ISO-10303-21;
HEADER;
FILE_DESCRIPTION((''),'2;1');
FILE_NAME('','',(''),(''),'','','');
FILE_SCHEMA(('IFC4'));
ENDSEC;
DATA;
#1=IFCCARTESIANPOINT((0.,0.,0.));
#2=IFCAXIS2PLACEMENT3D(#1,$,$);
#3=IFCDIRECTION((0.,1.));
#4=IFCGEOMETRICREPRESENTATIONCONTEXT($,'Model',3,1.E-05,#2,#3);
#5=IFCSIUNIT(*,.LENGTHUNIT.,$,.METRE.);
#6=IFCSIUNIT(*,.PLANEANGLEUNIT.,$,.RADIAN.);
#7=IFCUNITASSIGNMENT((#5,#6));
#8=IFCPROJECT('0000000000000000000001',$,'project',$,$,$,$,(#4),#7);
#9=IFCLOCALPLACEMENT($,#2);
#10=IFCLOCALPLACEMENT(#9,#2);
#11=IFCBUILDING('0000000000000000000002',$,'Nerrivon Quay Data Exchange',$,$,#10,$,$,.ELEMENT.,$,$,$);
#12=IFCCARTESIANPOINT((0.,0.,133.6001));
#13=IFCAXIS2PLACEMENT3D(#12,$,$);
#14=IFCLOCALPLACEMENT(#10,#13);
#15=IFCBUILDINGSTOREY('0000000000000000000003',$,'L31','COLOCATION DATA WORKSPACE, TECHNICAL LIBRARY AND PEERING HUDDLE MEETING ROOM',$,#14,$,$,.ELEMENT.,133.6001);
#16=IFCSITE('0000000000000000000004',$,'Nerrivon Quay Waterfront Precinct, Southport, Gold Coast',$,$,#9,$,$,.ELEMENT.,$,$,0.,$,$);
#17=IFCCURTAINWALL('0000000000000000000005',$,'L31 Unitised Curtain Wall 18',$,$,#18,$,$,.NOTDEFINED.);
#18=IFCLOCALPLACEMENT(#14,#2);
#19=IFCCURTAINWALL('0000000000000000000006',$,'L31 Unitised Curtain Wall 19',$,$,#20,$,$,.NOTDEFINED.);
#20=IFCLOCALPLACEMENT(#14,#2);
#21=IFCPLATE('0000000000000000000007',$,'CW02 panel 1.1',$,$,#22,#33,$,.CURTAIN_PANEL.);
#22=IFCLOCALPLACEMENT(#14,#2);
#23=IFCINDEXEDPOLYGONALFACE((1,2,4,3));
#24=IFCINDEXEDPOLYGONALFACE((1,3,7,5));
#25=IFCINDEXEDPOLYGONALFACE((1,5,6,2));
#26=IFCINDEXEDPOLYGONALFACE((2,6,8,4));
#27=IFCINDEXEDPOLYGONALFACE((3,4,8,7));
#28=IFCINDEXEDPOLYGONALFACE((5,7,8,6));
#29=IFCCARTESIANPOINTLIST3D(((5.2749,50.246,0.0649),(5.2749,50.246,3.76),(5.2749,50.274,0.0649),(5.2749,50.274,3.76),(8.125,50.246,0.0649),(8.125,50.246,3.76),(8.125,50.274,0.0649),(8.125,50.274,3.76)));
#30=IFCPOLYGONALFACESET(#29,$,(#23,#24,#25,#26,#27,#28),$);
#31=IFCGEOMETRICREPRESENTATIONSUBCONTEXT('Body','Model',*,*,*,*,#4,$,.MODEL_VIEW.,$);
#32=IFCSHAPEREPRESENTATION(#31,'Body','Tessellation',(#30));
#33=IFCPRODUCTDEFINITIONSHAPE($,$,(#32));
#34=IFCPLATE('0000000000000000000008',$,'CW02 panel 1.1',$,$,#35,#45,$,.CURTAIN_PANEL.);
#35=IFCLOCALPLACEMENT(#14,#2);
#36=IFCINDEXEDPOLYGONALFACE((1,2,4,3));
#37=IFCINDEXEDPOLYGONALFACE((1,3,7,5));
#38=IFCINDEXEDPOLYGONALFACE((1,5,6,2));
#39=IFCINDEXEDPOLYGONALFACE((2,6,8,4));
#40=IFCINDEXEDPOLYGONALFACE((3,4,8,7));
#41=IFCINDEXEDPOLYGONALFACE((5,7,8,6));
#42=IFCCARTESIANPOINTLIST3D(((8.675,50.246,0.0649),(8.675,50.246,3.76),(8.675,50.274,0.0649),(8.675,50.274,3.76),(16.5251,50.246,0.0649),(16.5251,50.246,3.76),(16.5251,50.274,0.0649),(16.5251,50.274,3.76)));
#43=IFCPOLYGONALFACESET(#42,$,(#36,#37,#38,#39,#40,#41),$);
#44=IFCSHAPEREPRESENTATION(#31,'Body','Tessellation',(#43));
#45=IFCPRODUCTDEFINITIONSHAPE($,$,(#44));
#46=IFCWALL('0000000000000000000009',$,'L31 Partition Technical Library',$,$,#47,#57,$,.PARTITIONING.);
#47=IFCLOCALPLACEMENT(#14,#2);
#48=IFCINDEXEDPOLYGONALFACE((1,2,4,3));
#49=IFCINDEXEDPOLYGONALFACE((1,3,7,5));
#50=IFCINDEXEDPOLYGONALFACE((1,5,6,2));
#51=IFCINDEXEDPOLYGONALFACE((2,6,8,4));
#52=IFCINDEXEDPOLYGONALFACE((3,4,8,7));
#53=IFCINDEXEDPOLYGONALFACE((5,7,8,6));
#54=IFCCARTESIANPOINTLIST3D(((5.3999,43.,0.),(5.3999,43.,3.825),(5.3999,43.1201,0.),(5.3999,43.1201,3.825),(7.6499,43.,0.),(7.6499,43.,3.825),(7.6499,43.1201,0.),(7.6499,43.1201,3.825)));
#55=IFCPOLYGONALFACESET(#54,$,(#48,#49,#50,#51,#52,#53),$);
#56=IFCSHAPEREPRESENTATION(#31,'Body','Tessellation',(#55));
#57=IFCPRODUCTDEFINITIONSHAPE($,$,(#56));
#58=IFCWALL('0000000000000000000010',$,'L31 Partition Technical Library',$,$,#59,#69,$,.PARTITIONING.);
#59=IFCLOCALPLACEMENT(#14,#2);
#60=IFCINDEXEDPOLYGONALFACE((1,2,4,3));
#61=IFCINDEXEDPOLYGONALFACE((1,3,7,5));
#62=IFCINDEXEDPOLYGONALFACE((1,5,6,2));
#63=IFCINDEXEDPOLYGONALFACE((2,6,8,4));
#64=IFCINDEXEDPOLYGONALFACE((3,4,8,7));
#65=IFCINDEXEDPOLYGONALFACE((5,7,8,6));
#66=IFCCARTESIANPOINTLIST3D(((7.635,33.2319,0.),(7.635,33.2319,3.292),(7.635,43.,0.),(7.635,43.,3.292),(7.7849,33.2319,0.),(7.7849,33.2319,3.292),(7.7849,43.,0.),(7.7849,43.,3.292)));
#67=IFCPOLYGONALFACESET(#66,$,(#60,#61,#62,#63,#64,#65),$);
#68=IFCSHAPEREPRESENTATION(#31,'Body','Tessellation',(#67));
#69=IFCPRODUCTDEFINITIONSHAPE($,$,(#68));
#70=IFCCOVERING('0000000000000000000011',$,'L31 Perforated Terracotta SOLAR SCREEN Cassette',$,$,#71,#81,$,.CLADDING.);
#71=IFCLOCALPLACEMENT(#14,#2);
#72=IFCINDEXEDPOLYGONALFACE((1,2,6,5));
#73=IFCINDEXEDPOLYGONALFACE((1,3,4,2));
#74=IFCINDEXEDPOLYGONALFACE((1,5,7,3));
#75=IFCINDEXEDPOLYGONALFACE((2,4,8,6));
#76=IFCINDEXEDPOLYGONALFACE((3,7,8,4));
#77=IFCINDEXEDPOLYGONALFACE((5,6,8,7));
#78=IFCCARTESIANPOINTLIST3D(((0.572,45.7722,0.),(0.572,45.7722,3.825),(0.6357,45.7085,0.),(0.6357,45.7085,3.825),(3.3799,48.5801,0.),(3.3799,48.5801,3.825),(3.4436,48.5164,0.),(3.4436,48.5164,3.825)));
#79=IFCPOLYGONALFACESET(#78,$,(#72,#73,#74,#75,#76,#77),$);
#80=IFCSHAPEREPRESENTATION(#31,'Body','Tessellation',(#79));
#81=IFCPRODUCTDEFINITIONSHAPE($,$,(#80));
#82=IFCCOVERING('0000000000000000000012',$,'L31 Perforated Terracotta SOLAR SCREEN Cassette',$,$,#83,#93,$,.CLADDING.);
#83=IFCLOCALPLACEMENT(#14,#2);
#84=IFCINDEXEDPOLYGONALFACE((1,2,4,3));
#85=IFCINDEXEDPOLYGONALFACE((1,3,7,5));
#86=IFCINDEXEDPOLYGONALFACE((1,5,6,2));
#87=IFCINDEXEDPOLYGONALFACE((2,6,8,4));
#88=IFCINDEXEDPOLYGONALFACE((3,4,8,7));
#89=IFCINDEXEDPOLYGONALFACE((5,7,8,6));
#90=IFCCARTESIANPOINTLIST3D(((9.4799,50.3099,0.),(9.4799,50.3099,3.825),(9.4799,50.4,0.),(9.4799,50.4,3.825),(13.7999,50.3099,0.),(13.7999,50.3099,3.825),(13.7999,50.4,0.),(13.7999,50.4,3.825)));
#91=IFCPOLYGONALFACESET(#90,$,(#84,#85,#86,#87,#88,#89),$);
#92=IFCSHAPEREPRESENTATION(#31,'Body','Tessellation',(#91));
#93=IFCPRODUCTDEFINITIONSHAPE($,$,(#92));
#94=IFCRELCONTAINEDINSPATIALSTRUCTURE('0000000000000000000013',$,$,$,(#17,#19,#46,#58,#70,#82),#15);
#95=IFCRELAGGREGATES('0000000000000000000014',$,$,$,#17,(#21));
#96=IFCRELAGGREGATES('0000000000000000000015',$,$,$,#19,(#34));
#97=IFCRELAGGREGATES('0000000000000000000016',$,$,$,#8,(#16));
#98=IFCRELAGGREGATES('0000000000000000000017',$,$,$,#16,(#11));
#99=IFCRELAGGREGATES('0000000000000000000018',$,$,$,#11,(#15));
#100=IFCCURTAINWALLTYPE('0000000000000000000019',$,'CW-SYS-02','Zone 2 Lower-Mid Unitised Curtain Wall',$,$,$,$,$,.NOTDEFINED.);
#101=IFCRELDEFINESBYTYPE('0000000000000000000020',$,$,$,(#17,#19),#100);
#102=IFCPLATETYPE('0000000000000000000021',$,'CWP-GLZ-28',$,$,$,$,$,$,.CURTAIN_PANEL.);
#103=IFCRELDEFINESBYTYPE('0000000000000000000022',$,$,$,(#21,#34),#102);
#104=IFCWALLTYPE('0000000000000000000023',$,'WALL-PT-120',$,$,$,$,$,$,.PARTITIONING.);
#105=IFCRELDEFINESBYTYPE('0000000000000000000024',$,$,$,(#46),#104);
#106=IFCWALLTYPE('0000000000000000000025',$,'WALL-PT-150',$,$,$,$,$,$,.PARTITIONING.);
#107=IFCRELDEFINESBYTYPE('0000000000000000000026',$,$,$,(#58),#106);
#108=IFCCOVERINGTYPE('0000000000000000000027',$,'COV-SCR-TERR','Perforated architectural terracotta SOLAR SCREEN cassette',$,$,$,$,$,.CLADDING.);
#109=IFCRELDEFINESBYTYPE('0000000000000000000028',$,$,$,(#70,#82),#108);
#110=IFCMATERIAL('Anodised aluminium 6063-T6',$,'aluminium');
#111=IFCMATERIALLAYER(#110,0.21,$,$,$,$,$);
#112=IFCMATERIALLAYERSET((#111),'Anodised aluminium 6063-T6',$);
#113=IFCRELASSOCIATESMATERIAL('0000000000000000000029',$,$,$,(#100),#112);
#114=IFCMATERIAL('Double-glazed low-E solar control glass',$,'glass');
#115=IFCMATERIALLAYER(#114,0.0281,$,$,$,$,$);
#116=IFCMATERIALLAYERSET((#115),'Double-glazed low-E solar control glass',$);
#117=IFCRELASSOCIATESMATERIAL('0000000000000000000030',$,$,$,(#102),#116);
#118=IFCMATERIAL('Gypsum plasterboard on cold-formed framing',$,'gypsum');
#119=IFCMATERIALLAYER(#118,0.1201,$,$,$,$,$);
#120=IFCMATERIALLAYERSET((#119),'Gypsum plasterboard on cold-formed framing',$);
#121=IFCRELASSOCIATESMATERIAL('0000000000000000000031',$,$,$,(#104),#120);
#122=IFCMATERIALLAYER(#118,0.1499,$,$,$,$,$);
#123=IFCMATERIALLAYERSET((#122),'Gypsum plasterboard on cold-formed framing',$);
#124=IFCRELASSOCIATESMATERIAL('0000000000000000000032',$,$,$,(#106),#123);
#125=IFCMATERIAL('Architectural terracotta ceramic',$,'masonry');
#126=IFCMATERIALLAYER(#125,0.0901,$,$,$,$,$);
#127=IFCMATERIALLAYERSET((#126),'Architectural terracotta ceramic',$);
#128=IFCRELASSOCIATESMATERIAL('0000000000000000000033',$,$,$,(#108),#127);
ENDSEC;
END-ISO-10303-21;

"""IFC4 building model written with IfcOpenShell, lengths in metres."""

from ifc_helpers import new_model, si_unit, direction, frame, frame_2d, origin, origin_2d, place, context, subcontext, project, spatial, rectangle, extrude, material, layer, layer_set, type_object, element, aggregate, save


model = new_model("IFC4")

# Units and contexts
model_context = context("Model", 3, precision=1e-05, world=origin(), true_north=direction((0.0, 1.0)))
body_context = subcontext(model_context, "Body", "Model", "MODEL_VIEW")
ifc_project = project(units=[si_unit("LENGTHUNIT", "METRE"), si_unit("PLANEANGLEUNIT", "RADIAN")], contexts=[model_context])

# Site, building, storey
site_placement = place(None, origin())
site = spatial("IfcSite", under=ifc_project, at=site_placement, Name="Nerrivon Quay Waterfront Precinct, Southport, Gold Coast", CompositionType="ELEMENT", RefElevation=0.0)
building_placement = place(site_placement, origin())
building = spatial("IfcBuilding", under=site, at=building_placement, Name="Nerrivon Quay Data Exchange", CompositionType="ELEMENT")
storey_placement = place(building_placement, frame((0.0, 0.0, 133.6001)))
storey = spatial("IfcBuildingStorey", under=building, at=storey_placement, Name="L31", Description="COLOCATION DATA WORKSPACE, TECHNICAL LIBRARY AND PEERING HUDDLE MEETING ROOM", CompositionType="ELEMENT", Elevation=133.6001)

# Shared definitions
ifc_material_1 = material(Name="Anodised aluminium 6063-T6", Category="aluminium")
ifc_layer_1 = layer(ifc_material_1, 0.21)
ifc_layer_set_1 = layer_set([ifc_layer_1], Name="Anodised aluminium 6063-T6")
curtain_wall_type = type_object("IfcCurtainWallType", Name="CW-SYS-02", Description="Zone 2 Lower-Mid Unitised Curtain Wall", PredefinedType="NOTDEFINED", material=ifc_layer_set_1)

# Curtain wall
curtain_wall_1_placement = place(storey_placement, origin())
curtain_wall_1 = element("IfcCurtainWall", 1, at=curtain_wall_1_placement, inside=storey, type_object=curtain_wall_type, Name="L31 Unitised Curtain Wall 18", PredefinedType="NOTDEFINED")

# Curtain wall
curtain_wall_2_placement = place(storey_placement, origin())
curtain_wall_2 = element("IfcCurtainWall", 2, at=curtain_wall_2_placement, inside=storey, type_object=curtain_wall_type, Name="L31 Unitised Curtain Wall 19", PredefinedType="NOTDEFINED")

# Plates
ifc_material_2 = material(Name="Double-glazed low-E solar control glass", Category="glass")
ifc_layer_2 = layer(ifc_material_2, 0.0281)
ifc_layer_set_2 = layer_set([ifc_layer_2], Name="Double-glazed low-E solar control glass")
plate_type = type_object("IfcPlateType", Name="CWP-GLZ-28", PredefinedType="CURTAIN_PANEL", material=ifc_layer_set_2)
plate_1_placement = place(storey_placement, frame((6.7, 50.26, 0.0649), z_axis=(0.0, 0.0, 1.0), x_axis=(1.0, 0.0, 0.0)))
plate_1 = element("IfcPlate", 3, at=plate_1_placement, type_object=plate_type, Name="CW02 panel 1.1", PredefinedType="CURTAIN_PANEL", context=body_context, shape_type="SweptSolid", body=[
    extrude(rectangle(XDim=2.8501, YDim=0.0281, at=origin_2d()), origin(), (0.0, 0.0, 1.0), 3.6951),
])
aggregate(curtain_wall_1, [plate_1])
plate_2_placement = place(storey_placement, frame((12.6001, 50.26, 0.0649), z_axis=(0.0, 0.0, 1.0), x_axis=(1.0, 0.0, 0.0)))
plate_2 = element("IfcPlate", 4, at=plate_2_placement, type_object=plate_type, Name="CW02 panel 1.1", PredefinedType="CURTAIN_PANEL", context=body_context, shape_type="SweptSolid", body=[
    extrude(rectangle(XDim=7.8501, YDim=0.0281, at=origin_2d()), origin(), (0.0, 0.0, 1.0), 3.6951),
])
aggregate(curtain_wall_2, [plate_2])

# Walls
ifc_material_3 = material(Name="Gypsum plasterboard on cold-formed framing", Category="gypsum")
ifc_layer_3 = layer(ifc_material_3, 0.1201)
ifc_layer_set_3 = layer_set([ifc_layer_3], Name="Gypsum plasterboard on cold-formed framing")
wall_type_1 = type_object("IfcWallType", Name="WALL-PT-120", PredefinedType="PARTITIONING", material=ifc_layer_set_3)
wall_1_placement = place(storey_placement, frame((5.3999, 43.0601, 0.0), z_axis=(0.0, 0.0, 1.0), x_axis=(1.0, 0.0, 0.0)))
element("IfcWall", 5, at=wall_1_placement, inside=storey, type_object=wall_type_1, Name="L31 Partition Technical Library", PredefinedType="PARTITIONING", context=body_context, shape_type="SweptSolid", body=[
    extrude(rectangle(XDim=2.25, YDim=0.1201, at=frame_2d((1.125, 0.0))), origin(), (0.0, 0.0, 1.0), 3.825),
])
ifc_layer_4 = layer(ifc_material_3, 0.1499)
ifc_layer_set_4 = layer_set([ifc_layer_4], Name="Gypsum plasterboard on cold-formed framing")
wall_type_2 = type_object("IfcWallType", Name="WALL-PT-150", PredefinedType="PARTITIONING", material=ifc_layer_set_4)
wall_2_placement = place(storey_placement, frame((7.71, 43.0, 0.0), z_axis=(0.0, 0.0, 1.0), x_axis=(0.0, -1.0, 0.0)))
element("IfcWall", 6, at=wall_2_placement, inside=storey, type_object=wall_type_2, Name="L31 Partition Technical Library", PredefinedType="PARTITIONING", context=body_context, shape_type="SweptSolid", body=[
    extrude(rectangle(XDim=9.7681, YDim=0.1499, at=frame_2d((4.884, 0.0))), origin(), (0.0, 0.0, 1.0), 3.292),
])

# Coverings
ifc_material_4 = material(Name="Architectural terracotta ceramic", Category="masonry")
ifc_layer_5 = layer(ifc_material_4, 0.0901)
ifc_layer_set_5 = layer_set([ifc_layer_5], Name="Architectural terracotta ceramic")
covering_type = type_object("IfcCoveringType", Name="COV-SCR-TERR", Description="Perforated architectural terracotta SOLAR SCREEN cassette", PredefinedType="CLADDING", material=ifc_layer_set_5)
covering_1_placement = place(storey_placement, frame((2.0078, 47.1443, 0.0), z_axis=(0.0, 0.0, 1.0), x_axis=(0.707107, 0.707107, 0.0)))
element("IfcCovering", 7, at=covering_1_placement, inside=storey, type_object=covering_type, Name="L31 Perforated Terracotta SOLAR SCREEN Cassette", PredefinedType="CLADDING", context=body_context, shape_type="SweptSolid", body=[
    extrude(rectangle(XDim=3.9709, YDim=0.0901, at=origin_2d()), origin(), (0.0, 0.0, 1.0), 3.825),
])
covering_2_placement = place(storey_placement, frame((11.6399, 50.355, 0.0), z_axis=(0.0, 0.0, 1.0), x_axis=(1.0, 0.0, 0.0)))
element("IfcCovering", 8, at=covering_2_placement, inside=storey, type_object=covering_type, Name="L31 Perforated Terracotta SOLAR SCREEN Cassette", PredefinedType="CLADDING", context=body_context, shape_type="SweptSolid", body=[
    extrude(rectangle(XDim=4.3201, YDim=0.0901, at=origin_2d()), origin(), (0.0, 0.0, 1.0), 3.825),
])

save(model, "model.ifc")
